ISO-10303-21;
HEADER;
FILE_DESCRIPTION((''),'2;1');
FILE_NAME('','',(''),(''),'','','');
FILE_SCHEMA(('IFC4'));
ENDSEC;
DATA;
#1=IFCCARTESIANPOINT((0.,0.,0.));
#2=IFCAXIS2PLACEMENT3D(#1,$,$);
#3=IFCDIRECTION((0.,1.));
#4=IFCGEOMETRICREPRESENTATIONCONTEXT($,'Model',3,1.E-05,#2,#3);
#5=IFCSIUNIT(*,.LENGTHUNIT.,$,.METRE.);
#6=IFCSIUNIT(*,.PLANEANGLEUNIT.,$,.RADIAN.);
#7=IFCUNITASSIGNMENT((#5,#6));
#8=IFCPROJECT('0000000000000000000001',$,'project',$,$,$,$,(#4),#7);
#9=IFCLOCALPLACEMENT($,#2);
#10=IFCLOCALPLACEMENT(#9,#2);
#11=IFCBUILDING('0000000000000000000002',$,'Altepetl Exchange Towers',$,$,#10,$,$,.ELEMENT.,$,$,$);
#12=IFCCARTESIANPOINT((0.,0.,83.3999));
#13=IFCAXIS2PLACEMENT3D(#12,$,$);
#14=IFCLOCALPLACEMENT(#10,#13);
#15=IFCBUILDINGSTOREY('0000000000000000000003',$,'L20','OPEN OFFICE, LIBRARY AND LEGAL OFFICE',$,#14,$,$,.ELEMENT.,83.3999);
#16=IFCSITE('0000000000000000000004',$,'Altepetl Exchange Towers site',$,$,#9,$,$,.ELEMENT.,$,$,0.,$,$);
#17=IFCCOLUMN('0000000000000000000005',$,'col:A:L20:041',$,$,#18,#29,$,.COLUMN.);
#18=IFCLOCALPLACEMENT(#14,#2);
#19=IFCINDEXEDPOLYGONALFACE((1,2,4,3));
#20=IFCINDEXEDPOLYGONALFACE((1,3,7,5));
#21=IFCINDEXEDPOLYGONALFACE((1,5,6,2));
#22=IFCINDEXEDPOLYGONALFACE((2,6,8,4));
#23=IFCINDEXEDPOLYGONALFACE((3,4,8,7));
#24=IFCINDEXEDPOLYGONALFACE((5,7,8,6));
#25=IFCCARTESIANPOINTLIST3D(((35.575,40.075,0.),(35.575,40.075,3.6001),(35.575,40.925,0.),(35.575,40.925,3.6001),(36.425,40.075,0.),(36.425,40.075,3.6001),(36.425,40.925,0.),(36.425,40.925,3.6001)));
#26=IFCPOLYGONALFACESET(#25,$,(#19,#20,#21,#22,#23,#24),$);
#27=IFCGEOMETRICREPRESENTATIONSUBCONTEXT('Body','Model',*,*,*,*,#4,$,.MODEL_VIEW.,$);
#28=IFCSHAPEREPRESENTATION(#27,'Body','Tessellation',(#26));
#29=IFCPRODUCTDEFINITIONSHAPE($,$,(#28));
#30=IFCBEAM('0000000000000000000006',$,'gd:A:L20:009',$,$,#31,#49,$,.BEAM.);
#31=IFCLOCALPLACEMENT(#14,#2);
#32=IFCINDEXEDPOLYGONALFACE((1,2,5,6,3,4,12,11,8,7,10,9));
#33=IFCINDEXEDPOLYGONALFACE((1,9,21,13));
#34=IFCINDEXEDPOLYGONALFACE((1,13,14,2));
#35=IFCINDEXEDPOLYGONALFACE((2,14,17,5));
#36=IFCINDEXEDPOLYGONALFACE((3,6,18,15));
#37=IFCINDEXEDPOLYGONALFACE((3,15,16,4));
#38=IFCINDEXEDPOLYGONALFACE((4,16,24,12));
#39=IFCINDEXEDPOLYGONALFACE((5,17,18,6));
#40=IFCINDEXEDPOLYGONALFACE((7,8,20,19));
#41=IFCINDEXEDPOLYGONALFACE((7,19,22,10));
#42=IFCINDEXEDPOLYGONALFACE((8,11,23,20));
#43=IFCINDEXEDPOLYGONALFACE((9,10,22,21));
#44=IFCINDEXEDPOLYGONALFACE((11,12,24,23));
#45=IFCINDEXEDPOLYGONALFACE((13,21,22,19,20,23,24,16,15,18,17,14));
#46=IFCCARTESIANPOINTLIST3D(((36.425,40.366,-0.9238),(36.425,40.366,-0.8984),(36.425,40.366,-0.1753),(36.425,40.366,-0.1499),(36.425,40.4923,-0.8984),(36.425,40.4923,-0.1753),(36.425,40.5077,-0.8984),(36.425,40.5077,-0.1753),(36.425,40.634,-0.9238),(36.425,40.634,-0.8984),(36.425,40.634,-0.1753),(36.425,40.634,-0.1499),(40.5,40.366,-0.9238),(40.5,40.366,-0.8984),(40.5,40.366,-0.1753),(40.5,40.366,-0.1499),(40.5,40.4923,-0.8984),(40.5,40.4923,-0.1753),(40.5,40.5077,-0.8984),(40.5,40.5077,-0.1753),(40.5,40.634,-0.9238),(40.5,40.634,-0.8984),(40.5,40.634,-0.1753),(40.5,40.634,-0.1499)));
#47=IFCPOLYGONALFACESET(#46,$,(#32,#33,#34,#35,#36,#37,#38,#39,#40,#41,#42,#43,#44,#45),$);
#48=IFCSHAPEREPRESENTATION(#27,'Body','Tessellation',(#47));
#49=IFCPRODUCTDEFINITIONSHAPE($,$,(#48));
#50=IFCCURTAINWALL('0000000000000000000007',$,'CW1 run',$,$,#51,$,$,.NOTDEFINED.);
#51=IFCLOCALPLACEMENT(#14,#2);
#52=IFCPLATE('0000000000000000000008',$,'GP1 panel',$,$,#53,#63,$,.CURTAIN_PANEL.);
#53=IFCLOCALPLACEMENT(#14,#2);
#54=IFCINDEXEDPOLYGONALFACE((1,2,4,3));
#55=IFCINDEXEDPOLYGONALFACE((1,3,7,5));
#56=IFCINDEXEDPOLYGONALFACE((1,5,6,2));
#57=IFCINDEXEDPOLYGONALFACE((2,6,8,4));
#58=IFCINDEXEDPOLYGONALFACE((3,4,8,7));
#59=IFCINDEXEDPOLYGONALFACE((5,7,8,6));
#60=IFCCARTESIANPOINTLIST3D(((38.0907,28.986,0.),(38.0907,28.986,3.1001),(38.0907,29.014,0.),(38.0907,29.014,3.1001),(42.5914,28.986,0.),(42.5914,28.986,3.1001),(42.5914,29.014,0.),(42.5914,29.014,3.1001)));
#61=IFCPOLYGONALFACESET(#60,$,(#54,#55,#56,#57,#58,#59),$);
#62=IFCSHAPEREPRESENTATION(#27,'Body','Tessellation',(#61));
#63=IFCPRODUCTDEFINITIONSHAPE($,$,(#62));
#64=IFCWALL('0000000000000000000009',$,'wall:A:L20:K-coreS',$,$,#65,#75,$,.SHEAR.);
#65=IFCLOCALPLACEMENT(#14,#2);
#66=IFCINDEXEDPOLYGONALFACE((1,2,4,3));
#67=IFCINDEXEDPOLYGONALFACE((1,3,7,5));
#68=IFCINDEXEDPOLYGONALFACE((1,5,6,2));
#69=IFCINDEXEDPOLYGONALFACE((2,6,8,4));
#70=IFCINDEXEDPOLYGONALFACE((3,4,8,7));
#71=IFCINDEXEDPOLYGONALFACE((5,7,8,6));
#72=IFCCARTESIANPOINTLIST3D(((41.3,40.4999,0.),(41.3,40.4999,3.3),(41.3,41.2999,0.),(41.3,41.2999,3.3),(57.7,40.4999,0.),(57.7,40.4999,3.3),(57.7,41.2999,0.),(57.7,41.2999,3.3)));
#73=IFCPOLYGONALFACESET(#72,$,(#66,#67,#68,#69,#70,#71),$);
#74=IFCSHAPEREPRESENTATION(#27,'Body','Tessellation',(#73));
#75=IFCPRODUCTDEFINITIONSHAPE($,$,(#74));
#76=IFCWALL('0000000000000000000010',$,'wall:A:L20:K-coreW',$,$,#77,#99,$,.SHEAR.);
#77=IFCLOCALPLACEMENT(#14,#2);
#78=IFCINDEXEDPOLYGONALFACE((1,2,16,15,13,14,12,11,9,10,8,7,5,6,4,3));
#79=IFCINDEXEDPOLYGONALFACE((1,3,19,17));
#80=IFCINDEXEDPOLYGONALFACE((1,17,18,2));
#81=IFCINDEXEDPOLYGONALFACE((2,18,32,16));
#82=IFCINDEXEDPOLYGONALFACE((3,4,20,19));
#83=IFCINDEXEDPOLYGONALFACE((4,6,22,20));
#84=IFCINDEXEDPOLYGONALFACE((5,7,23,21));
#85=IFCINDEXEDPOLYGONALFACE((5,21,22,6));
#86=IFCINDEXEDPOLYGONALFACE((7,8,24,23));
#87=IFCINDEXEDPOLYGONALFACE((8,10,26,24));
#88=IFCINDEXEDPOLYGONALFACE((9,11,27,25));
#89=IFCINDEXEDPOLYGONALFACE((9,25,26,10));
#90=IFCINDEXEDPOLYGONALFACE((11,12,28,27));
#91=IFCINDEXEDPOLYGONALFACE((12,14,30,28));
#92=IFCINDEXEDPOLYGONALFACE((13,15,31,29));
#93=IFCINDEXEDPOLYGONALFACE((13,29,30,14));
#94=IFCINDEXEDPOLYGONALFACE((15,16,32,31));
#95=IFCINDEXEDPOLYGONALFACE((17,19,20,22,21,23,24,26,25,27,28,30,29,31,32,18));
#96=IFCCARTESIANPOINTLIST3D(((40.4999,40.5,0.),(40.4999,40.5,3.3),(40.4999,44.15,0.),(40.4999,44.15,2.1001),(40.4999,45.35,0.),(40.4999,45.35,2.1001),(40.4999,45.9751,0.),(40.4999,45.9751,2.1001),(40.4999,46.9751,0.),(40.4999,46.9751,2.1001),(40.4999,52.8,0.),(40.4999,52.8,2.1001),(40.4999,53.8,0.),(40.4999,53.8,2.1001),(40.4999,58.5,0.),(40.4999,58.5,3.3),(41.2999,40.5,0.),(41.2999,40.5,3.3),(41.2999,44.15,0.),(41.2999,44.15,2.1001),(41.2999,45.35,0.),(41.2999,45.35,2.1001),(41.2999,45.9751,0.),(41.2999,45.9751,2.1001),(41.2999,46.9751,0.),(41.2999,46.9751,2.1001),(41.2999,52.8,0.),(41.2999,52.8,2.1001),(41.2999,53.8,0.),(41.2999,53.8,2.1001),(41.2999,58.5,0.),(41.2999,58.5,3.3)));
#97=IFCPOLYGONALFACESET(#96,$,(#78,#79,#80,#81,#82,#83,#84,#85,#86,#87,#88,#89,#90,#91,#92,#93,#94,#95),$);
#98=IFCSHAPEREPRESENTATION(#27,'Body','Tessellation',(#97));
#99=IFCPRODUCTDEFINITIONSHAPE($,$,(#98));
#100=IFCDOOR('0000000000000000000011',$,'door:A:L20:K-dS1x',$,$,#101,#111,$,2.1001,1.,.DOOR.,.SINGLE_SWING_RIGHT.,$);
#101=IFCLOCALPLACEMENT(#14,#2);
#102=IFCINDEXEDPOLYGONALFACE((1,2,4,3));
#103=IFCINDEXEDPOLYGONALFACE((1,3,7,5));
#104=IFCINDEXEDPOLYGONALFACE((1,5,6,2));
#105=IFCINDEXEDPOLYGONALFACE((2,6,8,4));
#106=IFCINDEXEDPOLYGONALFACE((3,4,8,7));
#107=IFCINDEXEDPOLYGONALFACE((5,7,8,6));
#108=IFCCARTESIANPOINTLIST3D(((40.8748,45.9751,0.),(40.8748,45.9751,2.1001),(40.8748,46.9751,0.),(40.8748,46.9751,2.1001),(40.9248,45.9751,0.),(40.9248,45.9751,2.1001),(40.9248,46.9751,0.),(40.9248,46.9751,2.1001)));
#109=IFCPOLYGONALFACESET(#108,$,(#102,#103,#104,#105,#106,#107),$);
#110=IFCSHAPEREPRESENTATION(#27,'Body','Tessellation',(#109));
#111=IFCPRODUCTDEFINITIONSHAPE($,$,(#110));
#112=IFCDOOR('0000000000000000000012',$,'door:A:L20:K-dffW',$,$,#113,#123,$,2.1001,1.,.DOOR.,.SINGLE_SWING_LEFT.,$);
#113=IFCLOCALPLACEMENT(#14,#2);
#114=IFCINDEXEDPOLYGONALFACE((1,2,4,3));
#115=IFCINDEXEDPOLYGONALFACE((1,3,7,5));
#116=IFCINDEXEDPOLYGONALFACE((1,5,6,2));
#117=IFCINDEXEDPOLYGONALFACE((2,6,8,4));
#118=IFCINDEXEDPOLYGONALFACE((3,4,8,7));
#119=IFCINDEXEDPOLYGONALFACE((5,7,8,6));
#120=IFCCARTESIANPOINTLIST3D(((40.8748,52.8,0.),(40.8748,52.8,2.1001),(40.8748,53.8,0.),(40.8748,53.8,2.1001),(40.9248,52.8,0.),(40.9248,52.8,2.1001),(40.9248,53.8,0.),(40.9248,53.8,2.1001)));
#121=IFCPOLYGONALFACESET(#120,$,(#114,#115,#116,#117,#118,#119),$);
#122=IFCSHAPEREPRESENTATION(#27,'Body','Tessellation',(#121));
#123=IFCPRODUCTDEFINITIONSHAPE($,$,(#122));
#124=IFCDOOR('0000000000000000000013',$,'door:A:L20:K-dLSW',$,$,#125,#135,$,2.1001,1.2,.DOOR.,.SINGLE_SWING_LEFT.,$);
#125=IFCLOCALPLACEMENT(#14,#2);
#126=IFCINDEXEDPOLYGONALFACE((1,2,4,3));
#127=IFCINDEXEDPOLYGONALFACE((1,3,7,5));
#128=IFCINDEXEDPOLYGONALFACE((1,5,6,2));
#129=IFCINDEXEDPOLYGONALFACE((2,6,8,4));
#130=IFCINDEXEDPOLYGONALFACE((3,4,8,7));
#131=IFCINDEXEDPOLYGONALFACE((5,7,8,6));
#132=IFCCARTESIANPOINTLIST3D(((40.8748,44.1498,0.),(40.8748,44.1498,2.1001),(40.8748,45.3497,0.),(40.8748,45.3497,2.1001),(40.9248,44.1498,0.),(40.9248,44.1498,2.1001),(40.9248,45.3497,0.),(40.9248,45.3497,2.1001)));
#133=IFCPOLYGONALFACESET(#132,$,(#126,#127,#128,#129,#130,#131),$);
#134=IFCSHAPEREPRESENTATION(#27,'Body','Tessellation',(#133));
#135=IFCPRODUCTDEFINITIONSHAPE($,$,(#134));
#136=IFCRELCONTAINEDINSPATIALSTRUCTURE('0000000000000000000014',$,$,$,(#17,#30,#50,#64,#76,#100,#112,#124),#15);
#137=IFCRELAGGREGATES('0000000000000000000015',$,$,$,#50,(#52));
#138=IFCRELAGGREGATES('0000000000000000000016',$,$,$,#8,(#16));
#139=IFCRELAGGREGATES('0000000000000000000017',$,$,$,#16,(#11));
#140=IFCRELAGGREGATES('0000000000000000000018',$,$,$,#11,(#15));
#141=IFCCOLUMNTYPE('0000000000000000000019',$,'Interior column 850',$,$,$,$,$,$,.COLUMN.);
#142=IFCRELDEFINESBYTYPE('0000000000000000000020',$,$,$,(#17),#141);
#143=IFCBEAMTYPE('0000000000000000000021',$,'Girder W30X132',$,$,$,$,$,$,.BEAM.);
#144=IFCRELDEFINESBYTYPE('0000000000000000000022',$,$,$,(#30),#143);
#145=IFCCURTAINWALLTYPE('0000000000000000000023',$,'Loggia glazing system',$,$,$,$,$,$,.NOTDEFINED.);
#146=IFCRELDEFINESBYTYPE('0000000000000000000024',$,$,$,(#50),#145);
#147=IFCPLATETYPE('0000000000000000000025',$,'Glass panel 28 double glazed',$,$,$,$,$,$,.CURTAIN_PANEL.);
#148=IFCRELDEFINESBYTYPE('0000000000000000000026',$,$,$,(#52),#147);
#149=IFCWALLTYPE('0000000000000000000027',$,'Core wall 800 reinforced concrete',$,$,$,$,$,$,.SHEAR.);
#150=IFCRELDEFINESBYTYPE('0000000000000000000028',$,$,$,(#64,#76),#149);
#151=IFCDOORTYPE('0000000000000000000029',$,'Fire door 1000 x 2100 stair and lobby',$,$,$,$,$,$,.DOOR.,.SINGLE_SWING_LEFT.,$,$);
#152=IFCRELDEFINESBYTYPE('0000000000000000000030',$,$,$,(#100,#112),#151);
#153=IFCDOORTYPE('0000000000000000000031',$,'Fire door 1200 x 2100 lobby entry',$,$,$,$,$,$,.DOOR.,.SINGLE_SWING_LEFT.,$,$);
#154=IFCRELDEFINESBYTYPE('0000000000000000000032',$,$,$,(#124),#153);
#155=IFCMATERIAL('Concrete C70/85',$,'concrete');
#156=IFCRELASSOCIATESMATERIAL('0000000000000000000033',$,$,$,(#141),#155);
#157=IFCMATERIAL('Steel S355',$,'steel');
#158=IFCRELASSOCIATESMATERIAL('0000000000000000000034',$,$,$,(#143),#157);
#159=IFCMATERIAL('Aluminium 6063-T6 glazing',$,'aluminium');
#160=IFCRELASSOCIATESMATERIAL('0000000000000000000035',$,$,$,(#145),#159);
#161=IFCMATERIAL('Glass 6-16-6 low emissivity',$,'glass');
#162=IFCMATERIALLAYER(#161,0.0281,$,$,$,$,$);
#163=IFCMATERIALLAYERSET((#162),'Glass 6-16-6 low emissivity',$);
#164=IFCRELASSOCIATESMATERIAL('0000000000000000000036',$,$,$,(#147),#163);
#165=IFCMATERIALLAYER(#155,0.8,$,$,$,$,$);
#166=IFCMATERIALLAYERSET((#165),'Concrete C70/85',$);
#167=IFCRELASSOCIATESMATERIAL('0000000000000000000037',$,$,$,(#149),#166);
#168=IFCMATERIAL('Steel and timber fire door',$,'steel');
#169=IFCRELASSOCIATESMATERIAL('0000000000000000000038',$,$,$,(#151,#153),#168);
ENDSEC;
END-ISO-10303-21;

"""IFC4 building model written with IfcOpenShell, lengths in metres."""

from ifc_helpers import new_model, si_unit, direction, frame, frame_2d, origin, origin_2d, place, context, subcontext, project, spatial, rectangle, i_section, extrude, material, layer, layer_set, material_profile, profile_set, type_object, element, fill, aggregate, save


model = new_model("IFC4")

# Units and contexts
model_context = context("Model", 3, precision=1e-05, world=origin(), true_north=direction((0.0, 1.0)))
body_context = subcontext(model_context, "Body", "Model", "MODEL_VIEW")
ifc_project = project(units=[si_unit("LENGTHUNIT", "METRE"), si_unit("PLANEANGLEUNIT", "RADIAN")], contexts=[model_context])

# Site, building, storey
site_placement = place(None, origin())
site = spatial("IfcSite", under=ifc_project, at=site_placement, Name="Altepetl Exchange Towers site", CompositionType="ELEMENT", RefElevation=0.0)
building_placement = place(site_placement, origin())
building = spatial("IfcBuilding", under=site, at=building_placement, Name="Altepetl Exchange Towers", CompositionType="ELEMENT")
storey_placement = place(building_placement, frame((0.0, 0.0, 83.3999)))
storey = spatial("IfcBuildingStorey", under=building, at=storey_placement, Name="L20", Description="OPEN OFFICE, LIBRARY AND LEGAL OFFICE", CompositionType="ELEMENT", Elevation=83.3999)

# Column
ifc_material_1 = material(Name="Concrete C70/85", Category="concrete")
ifc_material_profile_1 = material_profile(ifc_material_1, rectangle(XDim=0.8501, YDim=0.8501, at=origin_2d()), Name="850 x 850")
ifc_profile_set_1 = profile_set([ifc_material_profile_1], Name="Concrete C70/85")
column_type = type_object("IfcColumnType", Name="Interior column 850", PredefinedType="COLUMN", material=ifc_profile_set_1)
column_placement = place(storey_placement, frame((36.0, 40.5, 0.0)))
element("IfcColumn", 1, at=column_placement, inside=storey, type_object=column_type, Name="col:A:L20:041", PredefinedType="COLUMN", context=body_context, shape_type="SweptSolid", body=[
    extrude(rectangle(XDim=0.8501, YDim=0.8501, at=origin_2d()), origin(), (0.0, 0.0, 1.0), 3.6001),
])

# Beam
ifc_material_2 = material(Name="Steel S355", Category="steel")
ifc_material_profile_2 = material_profile(ifc_material_2, i_section(OverallWidth=0.2681, OverallDepth=0.7739, WebThickness=0.0154, FlangeThickness=0.0254, at=origin_2d()), Name="W30X132")
ifc_profile_set_2 = profile_set([ifc_material_profile_2], Name="Steel S355")
beam_type = type_object("IfcBeamType", Name="Girder W30X132", PredefinedType="BEAM", material=ifc_profile_set_2)
beam_placement = place(storey_placement, frame((40.5, 40.5, -0.5369), z_axis=(-1.0, 0.0, 0.0), x_axis=(0.0, -1.0, 0.0)))
element("IfcBeam", 2, at=beam_placement, inside=storey, type_object=beam_type, Name="gd:A:L20:009", PredefinedType="BEAM", context=body_context, shape_type="SweptSolid", body=[
    extrude(i_section(OverallWidth=0.2681, OverallDepth=0.7739, WebThickness=0.0154, FlangeThickness=0.0254, at=origin_2d()), origin(), (0.0, 0.0, 1.0), 4.075),
])

# Curtain wall, plate
ifc_material_3 = material(Name="Aluminium 6063-T6 glazing", Category="aluminium")
curtain_wall_type = type_object("IfcCurtainWallType", Name="Loggia glazing system", PredefinedType="NOTDEFINED", material=ifc_material_3)
curtain_wall_placement = place(storey_placement, origin())
curtain_wall = element("IfcCurtainWall", 3, at=curtain_wall_placement, inside=storey, type_object=curtain_wall_type, Name="CW1 run", PredefinedType="NOTDEFINED")
ifc_material_4 = material(Name="Glass 6-16-6 low emissivity", Category="glass")
ifc_layer_1 = layer(ifc_material_4, 0.0281)
ifc_layer_set_1 = layer_set([ifc_layer_1], Name="Glass 6-16-6 low emissivity")
plate_type = type_object("IfcPlateType", Name="Glass panel 28 double glazed", PredefinedType="CURTAIN_PANEL", material=ifc_layer_set_1)
plate_placement = place(storey_placement, frame((40.3411, 29.0, 0.0)))
plate = element("IfcPlate", 4, at=plate_placement, type_object=plate_type, Name="GP1 panel", PredefinedType="CURTAIN_PANEL", context=body_context, shape_type="SweptSolid", body=[
    extrude(rectangle(XDim=4.5007, YDim=0.0281, at=origin_2d()), origin(), (0.0, 0.0, 1.0), 3.1001),
])
aggregate(curtain_wall, [plate])

# Wall
ifc_layer_2 = layer(ifc_material_1, 0.8)
ifc_layer_set_2 = layer_set([ifc_layer_2], Name="Concrete C70/85")
wall_type_1 = type_object("IfcWallType", Name="Core wall 800 reinforced concrete", PredefinedType="SHEAR", material=ifc_layer_set_2)
wall_1_placement = place(storey_placement, frame((41.3, 40.8999, 0.0)))
element("IfcWall", 5, at=wall_1_placement, inside=storey, type_object=wall_type_1, Name="wall:A:L20:K-coreS", PredefinedType="SHEAR", context=body_context, shape_type="SweptSolid", body=[
    extrude(rectangle(XDim=16.3999, YDim=0.8, at=frame_2d((8.2, 0.0))), origin(), (0.0, 0.0, 1.0), 3.3),
])

# Wall, openings, doors
wall_2_placement = place(storey_placement, frame((40.8999, 40.5, 0.0), z_axis=(0.0, 0.0, 1.0), x_axis=(0.0, 1.0, 0.0)))
wall_2 = element("IfcWall", 6, at=wall_2_placement, inside=storey, type_object=wall_type_1, Name="wall:A:L20:K-coreW", PredefinedType="SHEAR", context=body_context, shape_type="SweptSolid", body=[
    extrude(rectangle(XDim=18.0, YDim=0.8, at=frame_2d((9.0, 0.0))), origin(), (0.0, 0.0, 1.0), 3.3),
])
opening_1_placement = place(wall_2_placement, frame((3.6499, 0.0, 0.0)))
opening_1 = element("IfcOpeningElement", 7, at=opening_1_placement, cuts=wall_2, PredefinedType="OPENING", context=body_context, shape_type="SweptSolid", body=[
    extrude(rectangle(XDim=1.2, YDim=2.1001, at=frame_2d((0.6001, 1.05))), frame((0.0, 0.4102, 0.0), z_axis=(0.0, -1.0, 0.0), x_axis=(1.0, 0.0, 0.0)), (0.0, 0.0, 1.0), 0.8201),
])
opening_2_placement = place(wall_2_placement, frame((5.4751, 0.0, 0.0)))
opening_2 = element("IfcOpeningElement", 8, at=opening_2_placement, cuts=wall_2, PredefinedType="OPENING", context=body_context, shape_type="SweptSolid", body=[
    extrude(rectangle(XDim=1.0, YDim=2.1001, at=frame_2d((0.5, 1.05))), frame((0.0, 0.4102, 0.0), z_axis=(0.0, -1.0, 0.0), x_axis=(1.0, 0.0, 0.0)), (0.0, 0.0, 1.0), 0.8201),
])
opening_3_placement = place(wall_2_placement, frame((12.3, 0.0, 0.0)))
opening_3 = element("IfcOpeningElement", 9, at=opening_3_placement, cuts=wall_2, PredefinedType="OPENING", context=body_context, shape_type="SweptSolid", body=[
    extrude(rectangle(XDim=1.0, YDim=2.1001, at=frame_2d((0.5, 1.05))), frame((0.0, 0.4102, 0.0), z_axis=(0.0, -1.0, 0.0), x_axis=(1.0, 0.0, 0.0)), (0.0, 0.0, 1.0), 0.8201),
])
ifc_material_5 = material(Name="Steel and timber fire door", Category="steel")
door_type_1 = type_object("IfcDoorType", Name="Fire door 1000 x 2100 stair and lobby", OperationType="SINGLE_SWING_LEFT", PredefinedType="DOOR", material=ifc_material_5)
door_1_placement = place(opening_2_placement, frame((1.0, 0.0, 0.0), x_axis=(-1.0, 0.0, 0.0)))
door_1 = element("IfcDoor", 10, at=door_1_placement, inside=storey, type_object=door_type_1, Name="door:A:L20:K-dS1x", OperationType="SINGLE_SWING_RIGHT", OverallHeight=2.1001, OverallWidth=1.0, PredefinedType="DOOR", context=body_context, shape_type="SweptSolid", body=[
    extrude(rectangle(XDim=1.0, YDim=2.1001, at=frame_2d((0.5, 1.05))), frame((0.0, 0.0249, 0.0), z_axis=(0.0, -1.0, 0.0), x_axis=(1.0, 0.0, 0.0)), (0.0, 0.0, 1.0), 0.05),
])
fill(opening_2, door_1)
door_2_placement = place(opening_3_placement, frame((1.0, 0.0, 0.0), x_axis=(-1.0, 0.0, 0.0)))
door_2 = element("IfcDoor", 11, at=door_2_placement, inside=storey, type_object=door_type_1, Name="door:A:L20:K-dffW", OperationType="SINGLE_SWING_LEFT", OverallHeight=2.1001, OverallWidth=1.0, PredefinedType="DOOR", context=body_context, shape_type="SweptSolid", body=[
    extrude(rectangle(XDim=1.0, YDim=2.1001, at=frame_2d((0.5, 1.05))), frame((0.0, 0.0249, 0.0), z_axis=(0.0, -1.0, 0.0), x_axis=(1.0, 0.0, 0.0)), (0.0, 0.0, 1.0), 0.05),
])
fill(opening_3, door_2)
door_type_2 = type_object("IfcDoorType", Name="Fire door 1200 x 2100 lobby entry", OperationType="SINGLE_SWING_LEFT", PredefinedType="DOOR", material=ifc_material_5)
door_3_placement = place(opening_1_placement, frame((1.2, 0.0, 0.0), x_axis=(-1.0, 0.0, 0.0)))
door_3 = element("IfcDoor", 12, at=door_3_placement, inside=storey, type_object=door_type_2, Name="door:A:L20:K-dLSW", OperationType="SINGLE_SWING_LEFT", OverallHeight=2.1001, OverallWidth=1.2, PredefinedType="DOOR", context=body_context, shape_type="SweptSolid", body=[
    extrude(rectangle(XDim=1.2, YDim=2.1001, at=frame_2d((0.6001, 1.05))), frame((0.0, 0.0249, 0.0), z_axis=(0.0, -1.0, 0.0), x_axis=(1.0, 0.0, 0.0)), (0.0, 0.0, 1.0), 0.05),
])
fill(opening_1, door_3)

save(model, "model.ifc")
